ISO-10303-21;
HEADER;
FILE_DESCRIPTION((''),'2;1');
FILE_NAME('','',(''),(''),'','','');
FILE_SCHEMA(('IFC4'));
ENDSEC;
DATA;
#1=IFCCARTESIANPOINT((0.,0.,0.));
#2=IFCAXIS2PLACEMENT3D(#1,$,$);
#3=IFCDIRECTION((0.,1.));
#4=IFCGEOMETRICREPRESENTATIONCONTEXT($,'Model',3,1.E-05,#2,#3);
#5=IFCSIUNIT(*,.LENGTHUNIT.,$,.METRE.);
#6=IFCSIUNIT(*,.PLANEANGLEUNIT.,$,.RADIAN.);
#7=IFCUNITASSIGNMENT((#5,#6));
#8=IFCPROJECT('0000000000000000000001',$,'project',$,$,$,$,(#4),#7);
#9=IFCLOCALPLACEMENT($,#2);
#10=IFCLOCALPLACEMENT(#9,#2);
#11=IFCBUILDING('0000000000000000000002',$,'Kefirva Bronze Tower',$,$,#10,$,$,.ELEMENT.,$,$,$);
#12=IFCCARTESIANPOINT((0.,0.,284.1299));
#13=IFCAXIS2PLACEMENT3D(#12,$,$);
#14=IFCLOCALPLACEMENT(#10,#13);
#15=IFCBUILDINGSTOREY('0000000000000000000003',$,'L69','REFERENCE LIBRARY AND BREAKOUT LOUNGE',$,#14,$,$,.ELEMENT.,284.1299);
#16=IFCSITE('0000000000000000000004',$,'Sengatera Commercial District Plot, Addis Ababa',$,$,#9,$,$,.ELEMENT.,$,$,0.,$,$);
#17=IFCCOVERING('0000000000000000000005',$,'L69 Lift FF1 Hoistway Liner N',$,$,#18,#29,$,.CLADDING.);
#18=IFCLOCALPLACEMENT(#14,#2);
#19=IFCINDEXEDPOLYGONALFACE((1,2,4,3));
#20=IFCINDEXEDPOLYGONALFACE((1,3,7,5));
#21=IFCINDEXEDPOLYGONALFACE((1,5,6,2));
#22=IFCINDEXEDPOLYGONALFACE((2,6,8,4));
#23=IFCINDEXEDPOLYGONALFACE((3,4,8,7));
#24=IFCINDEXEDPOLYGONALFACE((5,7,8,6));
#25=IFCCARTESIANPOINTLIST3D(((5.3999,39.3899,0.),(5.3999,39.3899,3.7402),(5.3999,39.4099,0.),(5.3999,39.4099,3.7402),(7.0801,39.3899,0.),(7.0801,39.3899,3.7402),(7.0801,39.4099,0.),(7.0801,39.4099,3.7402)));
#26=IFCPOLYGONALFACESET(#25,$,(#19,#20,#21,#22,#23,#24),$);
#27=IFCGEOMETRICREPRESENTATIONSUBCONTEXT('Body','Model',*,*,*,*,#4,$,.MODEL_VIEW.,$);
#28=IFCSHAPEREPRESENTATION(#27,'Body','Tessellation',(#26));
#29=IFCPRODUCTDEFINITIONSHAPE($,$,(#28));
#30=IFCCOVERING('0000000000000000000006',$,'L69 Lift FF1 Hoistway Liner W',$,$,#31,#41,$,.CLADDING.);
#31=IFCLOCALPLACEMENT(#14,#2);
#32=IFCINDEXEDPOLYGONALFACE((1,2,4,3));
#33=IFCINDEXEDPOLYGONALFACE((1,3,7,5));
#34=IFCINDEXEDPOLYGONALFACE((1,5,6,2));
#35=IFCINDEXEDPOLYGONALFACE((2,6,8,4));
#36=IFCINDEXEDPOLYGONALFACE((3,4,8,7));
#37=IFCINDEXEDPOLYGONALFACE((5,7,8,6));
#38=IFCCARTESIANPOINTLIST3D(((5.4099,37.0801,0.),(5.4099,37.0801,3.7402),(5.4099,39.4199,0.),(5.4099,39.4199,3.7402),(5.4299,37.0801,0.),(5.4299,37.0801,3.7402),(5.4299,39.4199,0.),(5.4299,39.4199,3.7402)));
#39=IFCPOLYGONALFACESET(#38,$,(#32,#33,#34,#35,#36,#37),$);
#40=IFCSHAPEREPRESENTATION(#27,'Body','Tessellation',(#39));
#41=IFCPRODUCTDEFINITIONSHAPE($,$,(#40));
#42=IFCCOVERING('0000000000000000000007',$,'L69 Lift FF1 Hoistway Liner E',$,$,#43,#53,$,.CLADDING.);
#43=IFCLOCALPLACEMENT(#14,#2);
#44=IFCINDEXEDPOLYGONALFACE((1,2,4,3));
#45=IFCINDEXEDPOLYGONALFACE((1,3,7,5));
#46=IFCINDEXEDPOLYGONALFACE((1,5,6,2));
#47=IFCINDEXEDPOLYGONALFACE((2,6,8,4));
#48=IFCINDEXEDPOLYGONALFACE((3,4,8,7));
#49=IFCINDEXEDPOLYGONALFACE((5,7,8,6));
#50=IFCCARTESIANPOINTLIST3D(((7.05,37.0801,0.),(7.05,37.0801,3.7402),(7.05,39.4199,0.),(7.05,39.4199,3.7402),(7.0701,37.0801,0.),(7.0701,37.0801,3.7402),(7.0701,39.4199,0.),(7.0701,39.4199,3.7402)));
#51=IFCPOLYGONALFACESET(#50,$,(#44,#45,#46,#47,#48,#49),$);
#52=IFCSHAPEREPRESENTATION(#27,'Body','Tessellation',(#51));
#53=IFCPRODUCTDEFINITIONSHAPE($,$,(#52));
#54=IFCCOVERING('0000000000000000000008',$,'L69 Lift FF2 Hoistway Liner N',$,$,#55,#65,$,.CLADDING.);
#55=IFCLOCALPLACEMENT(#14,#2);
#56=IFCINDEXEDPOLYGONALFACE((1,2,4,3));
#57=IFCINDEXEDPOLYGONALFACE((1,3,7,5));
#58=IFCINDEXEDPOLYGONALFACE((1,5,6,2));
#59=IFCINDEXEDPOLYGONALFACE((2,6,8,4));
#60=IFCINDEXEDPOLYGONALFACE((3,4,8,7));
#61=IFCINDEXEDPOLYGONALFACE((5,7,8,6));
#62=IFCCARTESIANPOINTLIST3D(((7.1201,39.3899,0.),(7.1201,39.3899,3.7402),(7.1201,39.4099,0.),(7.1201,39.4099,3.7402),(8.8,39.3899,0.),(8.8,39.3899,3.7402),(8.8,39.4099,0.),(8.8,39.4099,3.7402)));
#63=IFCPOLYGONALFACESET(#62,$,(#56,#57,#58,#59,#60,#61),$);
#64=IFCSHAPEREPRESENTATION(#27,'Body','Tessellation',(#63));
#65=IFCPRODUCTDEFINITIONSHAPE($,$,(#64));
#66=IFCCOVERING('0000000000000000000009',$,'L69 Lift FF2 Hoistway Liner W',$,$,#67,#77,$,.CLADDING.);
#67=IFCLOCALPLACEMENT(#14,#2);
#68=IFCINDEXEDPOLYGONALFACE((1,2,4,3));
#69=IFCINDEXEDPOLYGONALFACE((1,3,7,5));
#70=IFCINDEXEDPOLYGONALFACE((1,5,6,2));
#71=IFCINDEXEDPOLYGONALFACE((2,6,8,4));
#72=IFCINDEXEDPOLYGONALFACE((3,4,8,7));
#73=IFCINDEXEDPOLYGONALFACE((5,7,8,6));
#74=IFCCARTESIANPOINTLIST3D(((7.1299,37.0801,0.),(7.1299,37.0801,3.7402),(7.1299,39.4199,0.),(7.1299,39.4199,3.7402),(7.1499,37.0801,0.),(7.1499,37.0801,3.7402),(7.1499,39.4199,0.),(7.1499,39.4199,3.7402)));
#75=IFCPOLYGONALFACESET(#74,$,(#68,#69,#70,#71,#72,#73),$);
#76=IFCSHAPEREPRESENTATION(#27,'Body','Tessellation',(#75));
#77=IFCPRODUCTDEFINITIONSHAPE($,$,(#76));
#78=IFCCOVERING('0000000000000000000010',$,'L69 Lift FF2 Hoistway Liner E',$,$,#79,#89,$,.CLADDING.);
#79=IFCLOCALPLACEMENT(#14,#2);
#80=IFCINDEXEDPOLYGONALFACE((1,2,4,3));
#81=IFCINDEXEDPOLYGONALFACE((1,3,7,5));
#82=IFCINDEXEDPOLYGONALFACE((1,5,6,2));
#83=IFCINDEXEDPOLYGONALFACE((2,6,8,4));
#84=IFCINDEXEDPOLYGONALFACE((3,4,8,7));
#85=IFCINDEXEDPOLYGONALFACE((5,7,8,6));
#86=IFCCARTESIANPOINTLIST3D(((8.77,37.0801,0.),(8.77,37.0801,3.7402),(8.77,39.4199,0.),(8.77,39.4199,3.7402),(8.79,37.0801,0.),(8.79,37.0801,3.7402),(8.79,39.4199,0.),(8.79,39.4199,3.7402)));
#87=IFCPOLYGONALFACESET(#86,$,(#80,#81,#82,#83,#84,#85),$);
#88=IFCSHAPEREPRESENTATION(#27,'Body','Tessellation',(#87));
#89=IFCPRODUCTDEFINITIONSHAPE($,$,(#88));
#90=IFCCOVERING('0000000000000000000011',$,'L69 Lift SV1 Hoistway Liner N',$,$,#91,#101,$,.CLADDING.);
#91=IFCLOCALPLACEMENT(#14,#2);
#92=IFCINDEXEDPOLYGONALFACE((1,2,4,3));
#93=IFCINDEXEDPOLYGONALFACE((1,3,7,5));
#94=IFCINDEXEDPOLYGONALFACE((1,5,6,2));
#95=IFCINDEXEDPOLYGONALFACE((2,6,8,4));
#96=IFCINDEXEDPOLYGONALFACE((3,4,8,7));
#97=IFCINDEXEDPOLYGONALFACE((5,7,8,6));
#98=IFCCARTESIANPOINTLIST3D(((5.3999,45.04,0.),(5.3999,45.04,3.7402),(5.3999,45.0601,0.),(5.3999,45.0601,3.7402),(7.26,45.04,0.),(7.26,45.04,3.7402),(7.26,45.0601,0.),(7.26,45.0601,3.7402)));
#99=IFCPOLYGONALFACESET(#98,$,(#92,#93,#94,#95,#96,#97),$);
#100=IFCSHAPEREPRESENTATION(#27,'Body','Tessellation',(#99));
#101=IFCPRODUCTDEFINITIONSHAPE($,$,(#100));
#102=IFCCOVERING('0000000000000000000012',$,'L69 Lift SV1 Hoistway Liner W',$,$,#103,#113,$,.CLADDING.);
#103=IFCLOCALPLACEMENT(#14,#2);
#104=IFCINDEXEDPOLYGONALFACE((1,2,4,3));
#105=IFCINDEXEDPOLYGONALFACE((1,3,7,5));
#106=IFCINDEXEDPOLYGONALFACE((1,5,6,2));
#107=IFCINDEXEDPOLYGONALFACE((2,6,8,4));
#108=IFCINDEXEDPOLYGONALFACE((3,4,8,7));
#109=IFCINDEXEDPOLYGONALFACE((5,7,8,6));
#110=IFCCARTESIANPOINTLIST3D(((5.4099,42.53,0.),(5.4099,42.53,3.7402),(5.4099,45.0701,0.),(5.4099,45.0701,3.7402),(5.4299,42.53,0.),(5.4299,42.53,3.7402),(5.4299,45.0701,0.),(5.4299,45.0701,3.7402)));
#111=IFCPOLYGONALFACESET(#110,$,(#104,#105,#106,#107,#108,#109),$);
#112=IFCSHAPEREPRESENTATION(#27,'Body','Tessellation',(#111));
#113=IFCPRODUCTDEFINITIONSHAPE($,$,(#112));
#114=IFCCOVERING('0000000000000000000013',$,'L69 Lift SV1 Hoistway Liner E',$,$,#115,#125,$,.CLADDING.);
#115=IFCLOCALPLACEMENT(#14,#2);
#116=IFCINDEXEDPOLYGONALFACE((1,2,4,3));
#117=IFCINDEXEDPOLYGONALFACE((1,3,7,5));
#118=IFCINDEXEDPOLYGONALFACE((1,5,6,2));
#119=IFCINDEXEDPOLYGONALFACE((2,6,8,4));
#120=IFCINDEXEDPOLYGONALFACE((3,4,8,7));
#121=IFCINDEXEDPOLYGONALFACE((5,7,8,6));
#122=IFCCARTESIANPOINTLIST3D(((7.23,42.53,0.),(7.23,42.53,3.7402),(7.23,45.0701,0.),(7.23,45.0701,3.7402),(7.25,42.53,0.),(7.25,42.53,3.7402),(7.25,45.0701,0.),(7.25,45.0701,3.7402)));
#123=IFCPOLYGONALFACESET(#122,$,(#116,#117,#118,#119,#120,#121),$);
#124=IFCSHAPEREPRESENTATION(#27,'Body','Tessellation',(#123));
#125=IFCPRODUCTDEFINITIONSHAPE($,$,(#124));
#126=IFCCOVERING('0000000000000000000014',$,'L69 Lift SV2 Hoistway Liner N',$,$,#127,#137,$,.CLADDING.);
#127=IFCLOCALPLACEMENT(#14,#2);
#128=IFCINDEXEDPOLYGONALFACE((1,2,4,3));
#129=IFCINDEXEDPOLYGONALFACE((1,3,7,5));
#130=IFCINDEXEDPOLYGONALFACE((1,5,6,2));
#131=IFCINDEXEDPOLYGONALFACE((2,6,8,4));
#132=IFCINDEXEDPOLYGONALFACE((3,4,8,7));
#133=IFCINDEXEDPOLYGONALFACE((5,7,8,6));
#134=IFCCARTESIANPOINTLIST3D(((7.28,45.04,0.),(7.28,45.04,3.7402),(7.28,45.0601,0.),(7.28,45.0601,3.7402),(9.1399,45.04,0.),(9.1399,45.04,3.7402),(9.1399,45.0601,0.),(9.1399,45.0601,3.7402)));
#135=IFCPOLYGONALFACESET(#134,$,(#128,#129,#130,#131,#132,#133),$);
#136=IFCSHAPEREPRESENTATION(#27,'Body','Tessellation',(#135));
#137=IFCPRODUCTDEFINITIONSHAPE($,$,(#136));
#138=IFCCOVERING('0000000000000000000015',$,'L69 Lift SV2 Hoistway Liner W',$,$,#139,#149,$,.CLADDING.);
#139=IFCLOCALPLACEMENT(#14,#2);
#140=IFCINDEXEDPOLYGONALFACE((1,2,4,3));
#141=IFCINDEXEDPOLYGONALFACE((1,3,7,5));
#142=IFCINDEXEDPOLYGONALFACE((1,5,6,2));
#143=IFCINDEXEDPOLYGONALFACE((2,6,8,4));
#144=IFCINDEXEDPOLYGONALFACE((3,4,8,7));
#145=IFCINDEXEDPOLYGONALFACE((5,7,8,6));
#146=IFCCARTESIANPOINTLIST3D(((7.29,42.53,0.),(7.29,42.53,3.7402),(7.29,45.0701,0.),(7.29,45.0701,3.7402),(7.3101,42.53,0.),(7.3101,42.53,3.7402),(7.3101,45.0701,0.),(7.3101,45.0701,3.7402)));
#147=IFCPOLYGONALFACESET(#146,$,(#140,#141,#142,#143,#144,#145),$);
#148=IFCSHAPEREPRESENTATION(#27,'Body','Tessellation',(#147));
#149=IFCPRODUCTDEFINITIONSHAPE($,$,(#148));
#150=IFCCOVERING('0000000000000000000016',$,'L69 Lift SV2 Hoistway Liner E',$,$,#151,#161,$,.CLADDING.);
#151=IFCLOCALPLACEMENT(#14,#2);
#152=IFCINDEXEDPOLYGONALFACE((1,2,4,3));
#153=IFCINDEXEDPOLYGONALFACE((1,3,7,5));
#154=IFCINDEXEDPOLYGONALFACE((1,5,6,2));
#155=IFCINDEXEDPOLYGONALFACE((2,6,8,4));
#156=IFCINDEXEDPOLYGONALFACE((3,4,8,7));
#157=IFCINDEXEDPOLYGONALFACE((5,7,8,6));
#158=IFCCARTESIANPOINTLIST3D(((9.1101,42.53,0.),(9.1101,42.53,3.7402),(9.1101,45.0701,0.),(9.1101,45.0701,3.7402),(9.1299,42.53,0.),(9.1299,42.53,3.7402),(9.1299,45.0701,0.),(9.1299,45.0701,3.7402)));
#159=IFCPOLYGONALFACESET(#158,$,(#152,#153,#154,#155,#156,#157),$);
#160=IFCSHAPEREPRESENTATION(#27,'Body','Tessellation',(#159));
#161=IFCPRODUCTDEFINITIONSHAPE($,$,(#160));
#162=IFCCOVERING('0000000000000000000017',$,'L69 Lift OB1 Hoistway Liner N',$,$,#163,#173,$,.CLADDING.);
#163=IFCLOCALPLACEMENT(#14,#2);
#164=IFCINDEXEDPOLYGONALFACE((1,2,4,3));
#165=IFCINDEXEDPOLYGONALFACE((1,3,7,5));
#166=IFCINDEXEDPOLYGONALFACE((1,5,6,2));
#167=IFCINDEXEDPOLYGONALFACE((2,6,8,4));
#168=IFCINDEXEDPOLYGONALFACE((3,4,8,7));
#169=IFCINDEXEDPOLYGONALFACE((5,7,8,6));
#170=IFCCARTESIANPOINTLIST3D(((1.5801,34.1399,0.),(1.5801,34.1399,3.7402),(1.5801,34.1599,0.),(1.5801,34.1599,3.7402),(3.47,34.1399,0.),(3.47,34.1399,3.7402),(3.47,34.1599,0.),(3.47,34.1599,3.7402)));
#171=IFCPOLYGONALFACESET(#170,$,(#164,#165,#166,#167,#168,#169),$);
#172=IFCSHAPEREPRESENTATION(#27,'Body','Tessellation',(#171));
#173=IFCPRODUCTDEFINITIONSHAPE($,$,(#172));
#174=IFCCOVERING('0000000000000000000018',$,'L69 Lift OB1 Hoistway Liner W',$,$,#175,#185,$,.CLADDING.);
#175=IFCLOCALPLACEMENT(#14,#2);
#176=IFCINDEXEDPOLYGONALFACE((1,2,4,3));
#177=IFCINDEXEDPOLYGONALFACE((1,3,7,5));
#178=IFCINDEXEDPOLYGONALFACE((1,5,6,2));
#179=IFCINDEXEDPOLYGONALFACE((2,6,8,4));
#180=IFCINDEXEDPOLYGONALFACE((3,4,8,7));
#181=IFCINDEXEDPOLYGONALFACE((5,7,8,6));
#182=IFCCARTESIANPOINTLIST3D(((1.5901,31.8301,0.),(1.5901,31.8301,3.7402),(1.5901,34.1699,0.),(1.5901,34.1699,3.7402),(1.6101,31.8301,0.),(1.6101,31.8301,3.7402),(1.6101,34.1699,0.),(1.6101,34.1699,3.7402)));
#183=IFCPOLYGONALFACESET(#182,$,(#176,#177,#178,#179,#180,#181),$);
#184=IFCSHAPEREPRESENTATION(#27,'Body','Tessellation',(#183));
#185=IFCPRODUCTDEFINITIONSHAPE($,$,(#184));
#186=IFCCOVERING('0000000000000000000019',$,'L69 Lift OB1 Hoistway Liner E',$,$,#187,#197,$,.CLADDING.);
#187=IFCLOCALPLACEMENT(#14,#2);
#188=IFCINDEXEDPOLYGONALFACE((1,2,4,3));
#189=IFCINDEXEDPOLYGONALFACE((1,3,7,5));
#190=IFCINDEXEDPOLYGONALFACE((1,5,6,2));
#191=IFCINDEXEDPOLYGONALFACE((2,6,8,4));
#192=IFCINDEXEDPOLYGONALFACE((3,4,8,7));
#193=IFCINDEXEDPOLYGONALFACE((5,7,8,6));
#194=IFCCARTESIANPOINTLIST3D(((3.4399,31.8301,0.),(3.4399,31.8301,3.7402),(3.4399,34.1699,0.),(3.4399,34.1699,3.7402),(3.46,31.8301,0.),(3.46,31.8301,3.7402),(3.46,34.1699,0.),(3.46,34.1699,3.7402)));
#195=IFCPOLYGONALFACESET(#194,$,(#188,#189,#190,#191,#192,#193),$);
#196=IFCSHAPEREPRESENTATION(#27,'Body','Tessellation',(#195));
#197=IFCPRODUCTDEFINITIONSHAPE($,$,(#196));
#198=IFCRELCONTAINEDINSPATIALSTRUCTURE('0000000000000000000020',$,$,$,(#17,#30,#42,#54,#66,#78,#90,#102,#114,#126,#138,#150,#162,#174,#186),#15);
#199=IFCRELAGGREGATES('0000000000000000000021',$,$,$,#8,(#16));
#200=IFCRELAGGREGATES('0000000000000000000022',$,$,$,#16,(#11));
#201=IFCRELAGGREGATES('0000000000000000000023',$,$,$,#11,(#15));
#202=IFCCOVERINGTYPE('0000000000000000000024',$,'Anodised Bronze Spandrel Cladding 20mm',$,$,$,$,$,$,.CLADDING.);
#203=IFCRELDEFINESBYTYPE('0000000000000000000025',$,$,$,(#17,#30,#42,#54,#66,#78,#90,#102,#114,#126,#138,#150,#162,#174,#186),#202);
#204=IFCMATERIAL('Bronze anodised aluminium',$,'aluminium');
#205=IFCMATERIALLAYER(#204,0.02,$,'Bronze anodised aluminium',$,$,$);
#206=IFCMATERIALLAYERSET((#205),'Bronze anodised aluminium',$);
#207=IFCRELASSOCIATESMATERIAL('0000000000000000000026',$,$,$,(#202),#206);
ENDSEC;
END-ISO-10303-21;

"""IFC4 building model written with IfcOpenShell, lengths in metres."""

from ifc_helpers import new_model, si_unit, direction, frame, origin, place, context, subcontext, project, spatial, polyline, outline, extrude, material, layer, layer_set, type_object, element, save


model = new_model("IFC4")

# Units and contexts
model_context = context("Model", 3, precision=1e-05, world=origin(), true_north=direction((0.0, 1.0)))
body_context = subcontext(model_context, "Body", "Model", "MODEL_VIEW")
ifc_project = project(units=[si_unit("LENGTHUNIT", "METRE"), si_unit("PLANEANGLEUNIT", "RADIAN")], contexts=[model_context])

# Site, building, storey
site_placement = place(None, origin())
site = spatial("IfcSite", under=ifc_project, at=site_placement, Name="Sengatera Commercial District Plot, Addis Ababa", CompositionType="ELEMENT", RefElevation=0.0)
building_placement = place(site_placement, origin())
building = spatial("IfcBuilding", under=site, at=building_placement, Name="Kefirva Bronze Tower", CompositionType="ELEMENT")
storey_placement = place(building_placement, frame((0.0, 0.0, 284.1299)))
storey = spatial("IfcBuildingStorey", under=building, at=storey_placement, Name="L69", Description="REFERENCE LIBRARY AND BREAKOUT LOUNGE", CompositionType="ELEMENT", Elevation=284.1299)

# Shared definitions
ifc_material_1 = material(Name="Bronze anodised aluminium", Category="aluminium")

# Coverings
ifc_layer_1 = layer(ifc_material_1, 0.02, Name="Bronze anodised aluminium")
ifc_layer_set_1 = layer_set([ifc_layer_1], Name="Bronze anodised aluminium")
covering_type_1 = type_object("IfcCoveringType", Name="Anodised Bronze Spandrel Cladding 20mm", PredefinedType="CLADDING", material=ifc_layer_set_1)
covering_1_placement = place(storey_placement, origin())
element("IfcCovering", 1, at=covering_1_placement, inside=storey, type_object=covering_type_1, Name="L69 Lift FF1 Hoistway Liner N", PredefinedType="CLADDING", context=body_context, shape_type="SweptSolid", body=[
    extrude(outline(polyline([(5.3999, 39.3899), (7.0801, 39.3899), (7.0801, 39.4099), (5.3999, 39.4099), (5.3999, 39.3899)])), origin(), (0.0, 0.0, 1.0), 3.7402),
])
covering_2_placement = place(storey_placement, origin())
element("IfcCovering", 2, at=covering_2_placement, inside=storey, type_object=covering_type_1, Name="L69 Lift FF1 Hoistway Liner W", PredefinedType="CLADDING", context=body_context, shape_type="SweptSolid", body=[
    extrude(outline(polyline([(5.4099, 37.0801), (5.4299, 37.0801), (5.4299, 39.4199), (5.4099, 39.4199), (5.4099, 37.0801)])), origin(), (0.0, 0.0, 1.0), 3.7402),
])
covering_3_placement = place(storey_placement, origin())
element("IfcCovering", 3, at=covering_3_placement, inside=storey, type_object=covering_type_1, Name="L69 Lift FF1 Hoistway Liner E", PredefinedType="CLADDING", context=body_context, shape_type="SweptSolid", body=[
    extrude(outline(polyline([(7.05, 37.0801), (7.0701, 37.0801), (7.0701, 39.4199), (7.05, 39.4199), (7.05, 37.0801)])), origin(), (0.0, 0.0, 1.0), 3.7402),
])
covering_4_placement = place(storey_placement, origin())
element("IfcCovering", 4, at=covering_4_placement, inside=storey, type_object=covering_type_1, Name="L69 Lift FF2 Hoistway Liner N", PredefinedType="CLADDING", context=body_context, shape_type="SweptSolid", body=[
    extrude(outline(polyline([(7.1201, 39.3899), (8.8, 39.3899), (8.8, 39.4099), (7.1201, 39.4099), (7.1201, 39.3899)])), origin(), (0.0, 0.0, 1.0), 3.7402),
])
covering_5_placement = place(storey_placement, origin())
element("IfcCovering", 5, at=covering_5_placement, inside=storey, type_object=covering_type_1, Name="L69 Lift FF2 Hoistway Liner W", PredefinedType="CLADDING", context=body_context, shape_type="SweptSolid", body=[
    extrude(outline(polyline([(7.1299, 37.0801), (7.1499, 37.0801), (7.1499, 39.4199), (7.1299, 39.4199), (7.1299, 37.0801)])), origin(), (0.0, 0.0, 1.0), 3.7402),
])
covering_6_placement = place(storey_placement, origin())
element("IfcCovering", 6, at=covering_6_placement, inside=storey, type_object=covering_type_1, Name="L69 Lift FF2 Hoistway Liner E", PredefinedType="CLADDING", context=body_context, shape_type="SweptSolid", body=[
    extrude(outline(polyline([(8.77, 37.0801), (8.79, 37.0801), (8.79, 39.4199), (8.77, 39.4199), (8.77, 37.0801)])), origin(), (0.0, 0.0, 1.0), 3.7402),
])
covering_7_placement = place(storey_placement, origin())
element("IfcCovering", 7, at=covering_7_placement, inside=storey, type_object=covering_type_1, Name="L69 Lift SV1 Hoistway Liner N", PredefinedType="CLADDING", context=body_context, shape_type="SweptSolid", body=[
    extrude(outline(polyline([(5.3999, 45.04), (7.26, 45.04), (7.26, 45.0601), (5.3999, 45.0601), (5.3999, 45.04)])), origin(), (0.0, 0.0, 1.0), 3.7402),
])
covering_8_placement = place(storey_placement, origin())
element("IfcCovering", 8, at=covering_8_placement, inside=storey, type_object=covering_type_1, Name="L69 Lift SV1 Hoistway Liner W", PredefinedType="CLADDING", context=body_context, shape_type="SweptSolid", body=[
    extrude(outline(polyline([(5.4099, 42.53), (5.4299, 42.53), (5.4299, 45.0701), (5.4099, 45.0701), (5.4099, 42.53)])), origin(), (0.0, 0.0, 1.0), 3.7402),
])
covering_9_placement = place(storey_placement, origin())
element("IfcCovering", 9, at=covering_9_placement, inside=storey, type_object=covering_type_1, Name="L69 Lift SV1 Hoistway Liner E", PredefinedType="CLADDING", context=body_context, shape_type="SweptSolid", body=[
    extrude(outline(polyline([(7.23, 42.53), (7.25, 42.53), (7.25, 45.0701), (7.23, 45.0701), (7.23, 42.53)])), origin(), (0.0, 0.0, 1.0), 3.7402),
])
covering_10_placement = place(storey_placement, origin())
element("IfcCovering", 10, at=covering_10_placement, inside=storey, type_object=covering_type_1, Name="L69 Lift SV2 Hoistway Liner N", PredefinedType="CLADDING", context=body_context, shape_type="SweptSolid", body=[
    extrude(outline(polyline([(7.28, 45.04), (9.1399, 45.04), (9.1399, 45.0601), (7.28, 45.0601), (7.28, 45.04)])), origin(), (0.0, 0.0, 1.0), 3.7402),
])
covering_11_placement = place(storey_placement, origin())
element("IfcCovering", 11, at=covering_11_placement, inside=storey, type_object=covering_type_1, Name="L69 Lift SV2 Hoistway Liner W", PredefinedType="CLADDING", context=body_context, shape_type="SweptSolid", body=[
    extrude(outline(polyline([(7.29, 42.53), (7.3101, 42.53), (7.3101, 45.0701), (7.29, 45.0701), (7.29, 42.53)])), origin(), (0.0, 0.0, 1.0), 3.7402),
])
covering_12_placement = place(storey_placement, origin())
element("IfcCovering", 12, at=covering_12_placement, inside=storey, type_object=covering_type_1, Name="L69 Lift SV2 Hoistway Liner E", PredefinedType="CLADDING", context=body_context, shape_type="SweptSolid", body=[
    extrude(outline(polyline([(9.1101, 42.53), (9.1299, 42.53), (9.1299, 45.0701), (9.1101, 45.0701), (9.1101, 42.53)])), origin(), (0.0, 0.0, 1.0), 3.7402),
])
covering_13_placement = place(storey_placement, origin())
element("IfcCovering", 13, at=covering_13_placement, inside=storey, type_object=covering_type_1, Name="L69 Lift OB1 Hoistway Liner N", PredefinedType="CLADDING", context=body_context, shape_type="SweptSolid", body=[
    extrude(outline(polyline([(1.5801, 34.1399), (3.47, 34.1399), (3.47, 34.1599), (1.5801, 34.1599), (1.5801, 34.1399)])), origin(), (0.0, 0.0, 1.0), 3.7402),
])
covering_14_placement = place(storey_placement, origin())
element("IfcCovering", 14, at=covering_14_placement, inside=storey, type_object=covering_type_1, Name="L69 Lift OB1 Hoistway Liner W", PredefinedType="CLADDING", context=body_context, shape_type="SweptSolid", body=[
    extrude(outline(polyline([(1.5901, 31.8301), (1.6101, 31.8301), (1.6101, 34.1699), (1.5901, 34.1699), (1.5901, 31.8301)])), origin(), (0.0, 0.0, 1.0), 3.7402),
])
covering_15_placement = place(storey_placement, origin())
element("IfcCovering", 15, at=covering_15_placement, inside=storey, type_object=covering_type_1, Name="L69 Lift OB1 Hoistway Liner E", PredefinedType="CLADDING", context=body_context, shape_type="SweptSolid", body=[
    extrude(outline(polyline([(3.4399, 31.8301), (3.46, 31.8301), (3.46, 34.1699), (3.4399, 34.1699), (3.4399, 31.8301)])), origin(), (0.0, 0.0, 1.0), 3.7402),
])

save(model, "model.ifc")
